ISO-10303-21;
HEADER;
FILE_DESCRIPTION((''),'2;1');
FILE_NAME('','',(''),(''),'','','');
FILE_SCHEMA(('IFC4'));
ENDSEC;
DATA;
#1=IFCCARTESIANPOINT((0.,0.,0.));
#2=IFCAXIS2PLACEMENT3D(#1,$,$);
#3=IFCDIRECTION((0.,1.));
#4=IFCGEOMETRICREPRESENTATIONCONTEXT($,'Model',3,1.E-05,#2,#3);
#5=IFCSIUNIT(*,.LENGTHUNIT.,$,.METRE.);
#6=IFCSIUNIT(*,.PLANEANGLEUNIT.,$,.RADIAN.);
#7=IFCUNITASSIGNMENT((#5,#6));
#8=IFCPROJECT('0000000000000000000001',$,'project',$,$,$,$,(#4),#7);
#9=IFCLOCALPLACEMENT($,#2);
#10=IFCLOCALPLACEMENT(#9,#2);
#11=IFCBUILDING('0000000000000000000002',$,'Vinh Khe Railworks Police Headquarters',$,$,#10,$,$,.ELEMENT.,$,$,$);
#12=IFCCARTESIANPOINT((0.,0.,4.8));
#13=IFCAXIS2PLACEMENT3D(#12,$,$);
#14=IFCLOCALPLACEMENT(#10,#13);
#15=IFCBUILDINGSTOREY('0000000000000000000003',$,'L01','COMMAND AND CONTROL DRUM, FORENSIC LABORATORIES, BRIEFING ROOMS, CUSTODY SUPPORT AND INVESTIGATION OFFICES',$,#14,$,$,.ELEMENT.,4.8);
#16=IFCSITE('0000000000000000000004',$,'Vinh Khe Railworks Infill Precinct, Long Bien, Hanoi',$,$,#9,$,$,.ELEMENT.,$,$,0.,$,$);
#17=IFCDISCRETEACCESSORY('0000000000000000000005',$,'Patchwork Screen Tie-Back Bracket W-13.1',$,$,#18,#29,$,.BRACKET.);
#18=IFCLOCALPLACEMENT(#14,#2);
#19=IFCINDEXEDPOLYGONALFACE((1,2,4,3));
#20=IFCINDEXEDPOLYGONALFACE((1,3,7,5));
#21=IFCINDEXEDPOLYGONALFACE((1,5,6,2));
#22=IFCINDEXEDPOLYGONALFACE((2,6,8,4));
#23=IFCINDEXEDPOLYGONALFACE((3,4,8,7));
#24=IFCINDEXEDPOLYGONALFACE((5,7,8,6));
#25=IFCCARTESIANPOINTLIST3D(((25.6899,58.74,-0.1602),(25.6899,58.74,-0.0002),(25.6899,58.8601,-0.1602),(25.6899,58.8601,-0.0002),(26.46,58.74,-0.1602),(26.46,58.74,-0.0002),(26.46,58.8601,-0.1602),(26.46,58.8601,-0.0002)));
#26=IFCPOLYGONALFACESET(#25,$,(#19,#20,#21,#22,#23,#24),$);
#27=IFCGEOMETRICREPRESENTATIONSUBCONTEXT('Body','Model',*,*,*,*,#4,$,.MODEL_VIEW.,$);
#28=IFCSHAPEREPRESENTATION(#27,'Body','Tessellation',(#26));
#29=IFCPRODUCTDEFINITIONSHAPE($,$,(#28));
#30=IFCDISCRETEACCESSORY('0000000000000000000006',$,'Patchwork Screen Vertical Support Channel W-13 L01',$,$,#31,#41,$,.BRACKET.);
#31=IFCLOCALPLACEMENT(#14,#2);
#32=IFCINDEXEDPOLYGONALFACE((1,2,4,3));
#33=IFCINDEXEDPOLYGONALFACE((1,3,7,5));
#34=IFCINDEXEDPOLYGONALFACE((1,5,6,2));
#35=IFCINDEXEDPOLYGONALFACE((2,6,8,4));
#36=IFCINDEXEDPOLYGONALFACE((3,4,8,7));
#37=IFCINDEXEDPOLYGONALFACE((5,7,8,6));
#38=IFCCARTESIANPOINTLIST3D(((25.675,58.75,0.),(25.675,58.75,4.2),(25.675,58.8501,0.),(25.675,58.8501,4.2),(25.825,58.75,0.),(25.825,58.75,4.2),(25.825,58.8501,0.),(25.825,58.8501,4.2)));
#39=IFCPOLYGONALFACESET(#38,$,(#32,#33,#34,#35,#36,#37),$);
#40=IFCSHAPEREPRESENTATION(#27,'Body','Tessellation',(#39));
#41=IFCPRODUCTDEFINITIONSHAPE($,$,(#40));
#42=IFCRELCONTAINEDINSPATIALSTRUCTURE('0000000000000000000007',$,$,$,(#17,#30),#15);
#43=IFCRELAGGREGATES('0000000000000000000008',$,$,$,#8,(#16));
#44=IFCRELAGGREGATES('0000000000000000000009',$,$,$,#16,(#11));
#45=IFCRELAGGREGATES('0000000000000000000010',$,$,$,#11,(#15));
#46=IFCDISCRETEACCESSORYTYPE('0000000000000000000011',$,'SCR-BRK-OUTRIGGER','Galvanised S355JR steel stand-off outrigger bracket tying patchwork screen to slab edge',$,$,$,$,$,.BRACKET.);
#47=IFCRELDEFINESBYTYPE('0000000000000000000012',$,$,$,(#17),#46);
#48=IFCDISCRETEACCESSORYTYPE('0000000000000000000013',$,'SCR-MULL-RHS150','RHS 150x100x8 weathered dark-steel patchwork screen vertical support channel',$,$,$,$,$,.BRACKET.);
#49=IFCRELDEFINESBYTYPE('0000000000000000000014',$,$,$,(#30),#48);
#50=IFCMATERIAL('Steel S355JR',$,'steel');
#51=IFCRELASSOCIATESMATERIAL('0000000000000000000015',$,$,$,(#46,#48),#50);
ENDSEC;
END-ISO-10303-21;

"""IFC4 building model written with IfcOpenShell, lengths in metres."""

from ifc_helpers import new_model, si_unit, direction, frame, origin, origin_2d, place, context, subcontext, project, spatial, rectangle, extrude, material, type_object, element, save


model = new_model("IFC4")

# Units and contexts
model_context = context("Model", 3, precision=1e-05, world=origin(), true_north=direction((0.0, 1.0)))
body_context = subcontext(model_context, "Body", "Model", "MODEL_VIEW")
ifc_project = project(units=[si_unit("LENGTHUNIT", "METRE"), si_unit("PLANEANGLEUNIT", "RADIAN")], contexts=[model_context])

# Site, building, storey
site_placement = place(None, origin())
site = spatial("IfcSite", under=ifc_project, at=site_placement, Name="Vinh Khe Railworks Infill Precinct, Long Bien, Hanoi", CompositionType="ELEMENT", RefElevation=0.0)
building_placement = place(site_placement, origin())
building = spatial("IfcBuilding", under=site, at=building_placement, Name="Vinh Khe Railworks Police Headquarters", CompositionType="ELEMENT")
storey_placement = place(building_placement, frame((0.0, 0.0, 4.8)))
storey = spatial("IfcBuildingStorey", under=building, at=storey_placement, Name="L01", Description="COMMAND AND CONTROL DRUM, FORENSIC LABORATORIES, BRIEFING ROOMS, CUSTODY SUPPORT AND INVESTIGATION OFFICES", CompositionType="ELEMENT", Elevation=4.8)

# Shared definitions
ifc_material_1 = material(Name="Steel S355JR", Category="steel")

# Discrete accessories
discrete_accessory_type_1 = type_object("IfcDiscreteAccessoryType", Name="SCR-BRK-OUTRIGGER", Description="Galvanised S355JR steel stand-off outrigger bracket tying patchwork screen to slab edge", PredefinedType="BRACKET", material=ifc_material_1)
discrete_accessory_1_placement = place(storey_placement, frame((26.075, 58.8, -0.1602), z_axis=(0.0, 0.0, 1.0), x_axis=(1.0, 0.0, 0.0)))
element("IfcDiscreteAccessory", 1, at=discrete_accessory_1_placement, inside=storey, type_object=discrete_accessory_type_1, Name="Patchwork Screen Tie-Back Bracket W-13.1", PredefinedType="BRACKET", context=body_context, shape_type="SweptSolid", body=[
    extrude(rectangle(XDim=0.77, YDim=0.1201, at=origin_2d()), origin(), (0.0, 0.0, 1.0), 0.1599),
])
discrete_accessory_type_2 = type_object("IfcDiscreteAccessoryType", Name="SCR-MULL-RHS150", Description="RHS 150x100x8 weathered dark-steel patchwork screen vertical support channel", PredefinedType="BRACKET", material=ifc_material_1)
discrete_accessory_2_placement = place(storey_placement, frame((25.75, 58.8, 0.0), z_axis=(0.0, 0.0, 1.0), x_axis=(1.0, 0.0, 0.0)))
element("IfcDiscreteAccessory", 2, at=discrete_accessory_2_placement, inside=storey, type_object=discrete_accessory_type_2, Name="Patchwork Screen Vertical Support Channel W-13 L01", PredefinedType="BRACKET", context=body_context, shape_type="SweptSolid", body=[
    extrude(rectangle(XDim=0.1499, YDim=0.1001, at=origin_2d()), origin(), (0.0, 0.0, 1.0), 4.2),
])

save(model, "model.ifc")
